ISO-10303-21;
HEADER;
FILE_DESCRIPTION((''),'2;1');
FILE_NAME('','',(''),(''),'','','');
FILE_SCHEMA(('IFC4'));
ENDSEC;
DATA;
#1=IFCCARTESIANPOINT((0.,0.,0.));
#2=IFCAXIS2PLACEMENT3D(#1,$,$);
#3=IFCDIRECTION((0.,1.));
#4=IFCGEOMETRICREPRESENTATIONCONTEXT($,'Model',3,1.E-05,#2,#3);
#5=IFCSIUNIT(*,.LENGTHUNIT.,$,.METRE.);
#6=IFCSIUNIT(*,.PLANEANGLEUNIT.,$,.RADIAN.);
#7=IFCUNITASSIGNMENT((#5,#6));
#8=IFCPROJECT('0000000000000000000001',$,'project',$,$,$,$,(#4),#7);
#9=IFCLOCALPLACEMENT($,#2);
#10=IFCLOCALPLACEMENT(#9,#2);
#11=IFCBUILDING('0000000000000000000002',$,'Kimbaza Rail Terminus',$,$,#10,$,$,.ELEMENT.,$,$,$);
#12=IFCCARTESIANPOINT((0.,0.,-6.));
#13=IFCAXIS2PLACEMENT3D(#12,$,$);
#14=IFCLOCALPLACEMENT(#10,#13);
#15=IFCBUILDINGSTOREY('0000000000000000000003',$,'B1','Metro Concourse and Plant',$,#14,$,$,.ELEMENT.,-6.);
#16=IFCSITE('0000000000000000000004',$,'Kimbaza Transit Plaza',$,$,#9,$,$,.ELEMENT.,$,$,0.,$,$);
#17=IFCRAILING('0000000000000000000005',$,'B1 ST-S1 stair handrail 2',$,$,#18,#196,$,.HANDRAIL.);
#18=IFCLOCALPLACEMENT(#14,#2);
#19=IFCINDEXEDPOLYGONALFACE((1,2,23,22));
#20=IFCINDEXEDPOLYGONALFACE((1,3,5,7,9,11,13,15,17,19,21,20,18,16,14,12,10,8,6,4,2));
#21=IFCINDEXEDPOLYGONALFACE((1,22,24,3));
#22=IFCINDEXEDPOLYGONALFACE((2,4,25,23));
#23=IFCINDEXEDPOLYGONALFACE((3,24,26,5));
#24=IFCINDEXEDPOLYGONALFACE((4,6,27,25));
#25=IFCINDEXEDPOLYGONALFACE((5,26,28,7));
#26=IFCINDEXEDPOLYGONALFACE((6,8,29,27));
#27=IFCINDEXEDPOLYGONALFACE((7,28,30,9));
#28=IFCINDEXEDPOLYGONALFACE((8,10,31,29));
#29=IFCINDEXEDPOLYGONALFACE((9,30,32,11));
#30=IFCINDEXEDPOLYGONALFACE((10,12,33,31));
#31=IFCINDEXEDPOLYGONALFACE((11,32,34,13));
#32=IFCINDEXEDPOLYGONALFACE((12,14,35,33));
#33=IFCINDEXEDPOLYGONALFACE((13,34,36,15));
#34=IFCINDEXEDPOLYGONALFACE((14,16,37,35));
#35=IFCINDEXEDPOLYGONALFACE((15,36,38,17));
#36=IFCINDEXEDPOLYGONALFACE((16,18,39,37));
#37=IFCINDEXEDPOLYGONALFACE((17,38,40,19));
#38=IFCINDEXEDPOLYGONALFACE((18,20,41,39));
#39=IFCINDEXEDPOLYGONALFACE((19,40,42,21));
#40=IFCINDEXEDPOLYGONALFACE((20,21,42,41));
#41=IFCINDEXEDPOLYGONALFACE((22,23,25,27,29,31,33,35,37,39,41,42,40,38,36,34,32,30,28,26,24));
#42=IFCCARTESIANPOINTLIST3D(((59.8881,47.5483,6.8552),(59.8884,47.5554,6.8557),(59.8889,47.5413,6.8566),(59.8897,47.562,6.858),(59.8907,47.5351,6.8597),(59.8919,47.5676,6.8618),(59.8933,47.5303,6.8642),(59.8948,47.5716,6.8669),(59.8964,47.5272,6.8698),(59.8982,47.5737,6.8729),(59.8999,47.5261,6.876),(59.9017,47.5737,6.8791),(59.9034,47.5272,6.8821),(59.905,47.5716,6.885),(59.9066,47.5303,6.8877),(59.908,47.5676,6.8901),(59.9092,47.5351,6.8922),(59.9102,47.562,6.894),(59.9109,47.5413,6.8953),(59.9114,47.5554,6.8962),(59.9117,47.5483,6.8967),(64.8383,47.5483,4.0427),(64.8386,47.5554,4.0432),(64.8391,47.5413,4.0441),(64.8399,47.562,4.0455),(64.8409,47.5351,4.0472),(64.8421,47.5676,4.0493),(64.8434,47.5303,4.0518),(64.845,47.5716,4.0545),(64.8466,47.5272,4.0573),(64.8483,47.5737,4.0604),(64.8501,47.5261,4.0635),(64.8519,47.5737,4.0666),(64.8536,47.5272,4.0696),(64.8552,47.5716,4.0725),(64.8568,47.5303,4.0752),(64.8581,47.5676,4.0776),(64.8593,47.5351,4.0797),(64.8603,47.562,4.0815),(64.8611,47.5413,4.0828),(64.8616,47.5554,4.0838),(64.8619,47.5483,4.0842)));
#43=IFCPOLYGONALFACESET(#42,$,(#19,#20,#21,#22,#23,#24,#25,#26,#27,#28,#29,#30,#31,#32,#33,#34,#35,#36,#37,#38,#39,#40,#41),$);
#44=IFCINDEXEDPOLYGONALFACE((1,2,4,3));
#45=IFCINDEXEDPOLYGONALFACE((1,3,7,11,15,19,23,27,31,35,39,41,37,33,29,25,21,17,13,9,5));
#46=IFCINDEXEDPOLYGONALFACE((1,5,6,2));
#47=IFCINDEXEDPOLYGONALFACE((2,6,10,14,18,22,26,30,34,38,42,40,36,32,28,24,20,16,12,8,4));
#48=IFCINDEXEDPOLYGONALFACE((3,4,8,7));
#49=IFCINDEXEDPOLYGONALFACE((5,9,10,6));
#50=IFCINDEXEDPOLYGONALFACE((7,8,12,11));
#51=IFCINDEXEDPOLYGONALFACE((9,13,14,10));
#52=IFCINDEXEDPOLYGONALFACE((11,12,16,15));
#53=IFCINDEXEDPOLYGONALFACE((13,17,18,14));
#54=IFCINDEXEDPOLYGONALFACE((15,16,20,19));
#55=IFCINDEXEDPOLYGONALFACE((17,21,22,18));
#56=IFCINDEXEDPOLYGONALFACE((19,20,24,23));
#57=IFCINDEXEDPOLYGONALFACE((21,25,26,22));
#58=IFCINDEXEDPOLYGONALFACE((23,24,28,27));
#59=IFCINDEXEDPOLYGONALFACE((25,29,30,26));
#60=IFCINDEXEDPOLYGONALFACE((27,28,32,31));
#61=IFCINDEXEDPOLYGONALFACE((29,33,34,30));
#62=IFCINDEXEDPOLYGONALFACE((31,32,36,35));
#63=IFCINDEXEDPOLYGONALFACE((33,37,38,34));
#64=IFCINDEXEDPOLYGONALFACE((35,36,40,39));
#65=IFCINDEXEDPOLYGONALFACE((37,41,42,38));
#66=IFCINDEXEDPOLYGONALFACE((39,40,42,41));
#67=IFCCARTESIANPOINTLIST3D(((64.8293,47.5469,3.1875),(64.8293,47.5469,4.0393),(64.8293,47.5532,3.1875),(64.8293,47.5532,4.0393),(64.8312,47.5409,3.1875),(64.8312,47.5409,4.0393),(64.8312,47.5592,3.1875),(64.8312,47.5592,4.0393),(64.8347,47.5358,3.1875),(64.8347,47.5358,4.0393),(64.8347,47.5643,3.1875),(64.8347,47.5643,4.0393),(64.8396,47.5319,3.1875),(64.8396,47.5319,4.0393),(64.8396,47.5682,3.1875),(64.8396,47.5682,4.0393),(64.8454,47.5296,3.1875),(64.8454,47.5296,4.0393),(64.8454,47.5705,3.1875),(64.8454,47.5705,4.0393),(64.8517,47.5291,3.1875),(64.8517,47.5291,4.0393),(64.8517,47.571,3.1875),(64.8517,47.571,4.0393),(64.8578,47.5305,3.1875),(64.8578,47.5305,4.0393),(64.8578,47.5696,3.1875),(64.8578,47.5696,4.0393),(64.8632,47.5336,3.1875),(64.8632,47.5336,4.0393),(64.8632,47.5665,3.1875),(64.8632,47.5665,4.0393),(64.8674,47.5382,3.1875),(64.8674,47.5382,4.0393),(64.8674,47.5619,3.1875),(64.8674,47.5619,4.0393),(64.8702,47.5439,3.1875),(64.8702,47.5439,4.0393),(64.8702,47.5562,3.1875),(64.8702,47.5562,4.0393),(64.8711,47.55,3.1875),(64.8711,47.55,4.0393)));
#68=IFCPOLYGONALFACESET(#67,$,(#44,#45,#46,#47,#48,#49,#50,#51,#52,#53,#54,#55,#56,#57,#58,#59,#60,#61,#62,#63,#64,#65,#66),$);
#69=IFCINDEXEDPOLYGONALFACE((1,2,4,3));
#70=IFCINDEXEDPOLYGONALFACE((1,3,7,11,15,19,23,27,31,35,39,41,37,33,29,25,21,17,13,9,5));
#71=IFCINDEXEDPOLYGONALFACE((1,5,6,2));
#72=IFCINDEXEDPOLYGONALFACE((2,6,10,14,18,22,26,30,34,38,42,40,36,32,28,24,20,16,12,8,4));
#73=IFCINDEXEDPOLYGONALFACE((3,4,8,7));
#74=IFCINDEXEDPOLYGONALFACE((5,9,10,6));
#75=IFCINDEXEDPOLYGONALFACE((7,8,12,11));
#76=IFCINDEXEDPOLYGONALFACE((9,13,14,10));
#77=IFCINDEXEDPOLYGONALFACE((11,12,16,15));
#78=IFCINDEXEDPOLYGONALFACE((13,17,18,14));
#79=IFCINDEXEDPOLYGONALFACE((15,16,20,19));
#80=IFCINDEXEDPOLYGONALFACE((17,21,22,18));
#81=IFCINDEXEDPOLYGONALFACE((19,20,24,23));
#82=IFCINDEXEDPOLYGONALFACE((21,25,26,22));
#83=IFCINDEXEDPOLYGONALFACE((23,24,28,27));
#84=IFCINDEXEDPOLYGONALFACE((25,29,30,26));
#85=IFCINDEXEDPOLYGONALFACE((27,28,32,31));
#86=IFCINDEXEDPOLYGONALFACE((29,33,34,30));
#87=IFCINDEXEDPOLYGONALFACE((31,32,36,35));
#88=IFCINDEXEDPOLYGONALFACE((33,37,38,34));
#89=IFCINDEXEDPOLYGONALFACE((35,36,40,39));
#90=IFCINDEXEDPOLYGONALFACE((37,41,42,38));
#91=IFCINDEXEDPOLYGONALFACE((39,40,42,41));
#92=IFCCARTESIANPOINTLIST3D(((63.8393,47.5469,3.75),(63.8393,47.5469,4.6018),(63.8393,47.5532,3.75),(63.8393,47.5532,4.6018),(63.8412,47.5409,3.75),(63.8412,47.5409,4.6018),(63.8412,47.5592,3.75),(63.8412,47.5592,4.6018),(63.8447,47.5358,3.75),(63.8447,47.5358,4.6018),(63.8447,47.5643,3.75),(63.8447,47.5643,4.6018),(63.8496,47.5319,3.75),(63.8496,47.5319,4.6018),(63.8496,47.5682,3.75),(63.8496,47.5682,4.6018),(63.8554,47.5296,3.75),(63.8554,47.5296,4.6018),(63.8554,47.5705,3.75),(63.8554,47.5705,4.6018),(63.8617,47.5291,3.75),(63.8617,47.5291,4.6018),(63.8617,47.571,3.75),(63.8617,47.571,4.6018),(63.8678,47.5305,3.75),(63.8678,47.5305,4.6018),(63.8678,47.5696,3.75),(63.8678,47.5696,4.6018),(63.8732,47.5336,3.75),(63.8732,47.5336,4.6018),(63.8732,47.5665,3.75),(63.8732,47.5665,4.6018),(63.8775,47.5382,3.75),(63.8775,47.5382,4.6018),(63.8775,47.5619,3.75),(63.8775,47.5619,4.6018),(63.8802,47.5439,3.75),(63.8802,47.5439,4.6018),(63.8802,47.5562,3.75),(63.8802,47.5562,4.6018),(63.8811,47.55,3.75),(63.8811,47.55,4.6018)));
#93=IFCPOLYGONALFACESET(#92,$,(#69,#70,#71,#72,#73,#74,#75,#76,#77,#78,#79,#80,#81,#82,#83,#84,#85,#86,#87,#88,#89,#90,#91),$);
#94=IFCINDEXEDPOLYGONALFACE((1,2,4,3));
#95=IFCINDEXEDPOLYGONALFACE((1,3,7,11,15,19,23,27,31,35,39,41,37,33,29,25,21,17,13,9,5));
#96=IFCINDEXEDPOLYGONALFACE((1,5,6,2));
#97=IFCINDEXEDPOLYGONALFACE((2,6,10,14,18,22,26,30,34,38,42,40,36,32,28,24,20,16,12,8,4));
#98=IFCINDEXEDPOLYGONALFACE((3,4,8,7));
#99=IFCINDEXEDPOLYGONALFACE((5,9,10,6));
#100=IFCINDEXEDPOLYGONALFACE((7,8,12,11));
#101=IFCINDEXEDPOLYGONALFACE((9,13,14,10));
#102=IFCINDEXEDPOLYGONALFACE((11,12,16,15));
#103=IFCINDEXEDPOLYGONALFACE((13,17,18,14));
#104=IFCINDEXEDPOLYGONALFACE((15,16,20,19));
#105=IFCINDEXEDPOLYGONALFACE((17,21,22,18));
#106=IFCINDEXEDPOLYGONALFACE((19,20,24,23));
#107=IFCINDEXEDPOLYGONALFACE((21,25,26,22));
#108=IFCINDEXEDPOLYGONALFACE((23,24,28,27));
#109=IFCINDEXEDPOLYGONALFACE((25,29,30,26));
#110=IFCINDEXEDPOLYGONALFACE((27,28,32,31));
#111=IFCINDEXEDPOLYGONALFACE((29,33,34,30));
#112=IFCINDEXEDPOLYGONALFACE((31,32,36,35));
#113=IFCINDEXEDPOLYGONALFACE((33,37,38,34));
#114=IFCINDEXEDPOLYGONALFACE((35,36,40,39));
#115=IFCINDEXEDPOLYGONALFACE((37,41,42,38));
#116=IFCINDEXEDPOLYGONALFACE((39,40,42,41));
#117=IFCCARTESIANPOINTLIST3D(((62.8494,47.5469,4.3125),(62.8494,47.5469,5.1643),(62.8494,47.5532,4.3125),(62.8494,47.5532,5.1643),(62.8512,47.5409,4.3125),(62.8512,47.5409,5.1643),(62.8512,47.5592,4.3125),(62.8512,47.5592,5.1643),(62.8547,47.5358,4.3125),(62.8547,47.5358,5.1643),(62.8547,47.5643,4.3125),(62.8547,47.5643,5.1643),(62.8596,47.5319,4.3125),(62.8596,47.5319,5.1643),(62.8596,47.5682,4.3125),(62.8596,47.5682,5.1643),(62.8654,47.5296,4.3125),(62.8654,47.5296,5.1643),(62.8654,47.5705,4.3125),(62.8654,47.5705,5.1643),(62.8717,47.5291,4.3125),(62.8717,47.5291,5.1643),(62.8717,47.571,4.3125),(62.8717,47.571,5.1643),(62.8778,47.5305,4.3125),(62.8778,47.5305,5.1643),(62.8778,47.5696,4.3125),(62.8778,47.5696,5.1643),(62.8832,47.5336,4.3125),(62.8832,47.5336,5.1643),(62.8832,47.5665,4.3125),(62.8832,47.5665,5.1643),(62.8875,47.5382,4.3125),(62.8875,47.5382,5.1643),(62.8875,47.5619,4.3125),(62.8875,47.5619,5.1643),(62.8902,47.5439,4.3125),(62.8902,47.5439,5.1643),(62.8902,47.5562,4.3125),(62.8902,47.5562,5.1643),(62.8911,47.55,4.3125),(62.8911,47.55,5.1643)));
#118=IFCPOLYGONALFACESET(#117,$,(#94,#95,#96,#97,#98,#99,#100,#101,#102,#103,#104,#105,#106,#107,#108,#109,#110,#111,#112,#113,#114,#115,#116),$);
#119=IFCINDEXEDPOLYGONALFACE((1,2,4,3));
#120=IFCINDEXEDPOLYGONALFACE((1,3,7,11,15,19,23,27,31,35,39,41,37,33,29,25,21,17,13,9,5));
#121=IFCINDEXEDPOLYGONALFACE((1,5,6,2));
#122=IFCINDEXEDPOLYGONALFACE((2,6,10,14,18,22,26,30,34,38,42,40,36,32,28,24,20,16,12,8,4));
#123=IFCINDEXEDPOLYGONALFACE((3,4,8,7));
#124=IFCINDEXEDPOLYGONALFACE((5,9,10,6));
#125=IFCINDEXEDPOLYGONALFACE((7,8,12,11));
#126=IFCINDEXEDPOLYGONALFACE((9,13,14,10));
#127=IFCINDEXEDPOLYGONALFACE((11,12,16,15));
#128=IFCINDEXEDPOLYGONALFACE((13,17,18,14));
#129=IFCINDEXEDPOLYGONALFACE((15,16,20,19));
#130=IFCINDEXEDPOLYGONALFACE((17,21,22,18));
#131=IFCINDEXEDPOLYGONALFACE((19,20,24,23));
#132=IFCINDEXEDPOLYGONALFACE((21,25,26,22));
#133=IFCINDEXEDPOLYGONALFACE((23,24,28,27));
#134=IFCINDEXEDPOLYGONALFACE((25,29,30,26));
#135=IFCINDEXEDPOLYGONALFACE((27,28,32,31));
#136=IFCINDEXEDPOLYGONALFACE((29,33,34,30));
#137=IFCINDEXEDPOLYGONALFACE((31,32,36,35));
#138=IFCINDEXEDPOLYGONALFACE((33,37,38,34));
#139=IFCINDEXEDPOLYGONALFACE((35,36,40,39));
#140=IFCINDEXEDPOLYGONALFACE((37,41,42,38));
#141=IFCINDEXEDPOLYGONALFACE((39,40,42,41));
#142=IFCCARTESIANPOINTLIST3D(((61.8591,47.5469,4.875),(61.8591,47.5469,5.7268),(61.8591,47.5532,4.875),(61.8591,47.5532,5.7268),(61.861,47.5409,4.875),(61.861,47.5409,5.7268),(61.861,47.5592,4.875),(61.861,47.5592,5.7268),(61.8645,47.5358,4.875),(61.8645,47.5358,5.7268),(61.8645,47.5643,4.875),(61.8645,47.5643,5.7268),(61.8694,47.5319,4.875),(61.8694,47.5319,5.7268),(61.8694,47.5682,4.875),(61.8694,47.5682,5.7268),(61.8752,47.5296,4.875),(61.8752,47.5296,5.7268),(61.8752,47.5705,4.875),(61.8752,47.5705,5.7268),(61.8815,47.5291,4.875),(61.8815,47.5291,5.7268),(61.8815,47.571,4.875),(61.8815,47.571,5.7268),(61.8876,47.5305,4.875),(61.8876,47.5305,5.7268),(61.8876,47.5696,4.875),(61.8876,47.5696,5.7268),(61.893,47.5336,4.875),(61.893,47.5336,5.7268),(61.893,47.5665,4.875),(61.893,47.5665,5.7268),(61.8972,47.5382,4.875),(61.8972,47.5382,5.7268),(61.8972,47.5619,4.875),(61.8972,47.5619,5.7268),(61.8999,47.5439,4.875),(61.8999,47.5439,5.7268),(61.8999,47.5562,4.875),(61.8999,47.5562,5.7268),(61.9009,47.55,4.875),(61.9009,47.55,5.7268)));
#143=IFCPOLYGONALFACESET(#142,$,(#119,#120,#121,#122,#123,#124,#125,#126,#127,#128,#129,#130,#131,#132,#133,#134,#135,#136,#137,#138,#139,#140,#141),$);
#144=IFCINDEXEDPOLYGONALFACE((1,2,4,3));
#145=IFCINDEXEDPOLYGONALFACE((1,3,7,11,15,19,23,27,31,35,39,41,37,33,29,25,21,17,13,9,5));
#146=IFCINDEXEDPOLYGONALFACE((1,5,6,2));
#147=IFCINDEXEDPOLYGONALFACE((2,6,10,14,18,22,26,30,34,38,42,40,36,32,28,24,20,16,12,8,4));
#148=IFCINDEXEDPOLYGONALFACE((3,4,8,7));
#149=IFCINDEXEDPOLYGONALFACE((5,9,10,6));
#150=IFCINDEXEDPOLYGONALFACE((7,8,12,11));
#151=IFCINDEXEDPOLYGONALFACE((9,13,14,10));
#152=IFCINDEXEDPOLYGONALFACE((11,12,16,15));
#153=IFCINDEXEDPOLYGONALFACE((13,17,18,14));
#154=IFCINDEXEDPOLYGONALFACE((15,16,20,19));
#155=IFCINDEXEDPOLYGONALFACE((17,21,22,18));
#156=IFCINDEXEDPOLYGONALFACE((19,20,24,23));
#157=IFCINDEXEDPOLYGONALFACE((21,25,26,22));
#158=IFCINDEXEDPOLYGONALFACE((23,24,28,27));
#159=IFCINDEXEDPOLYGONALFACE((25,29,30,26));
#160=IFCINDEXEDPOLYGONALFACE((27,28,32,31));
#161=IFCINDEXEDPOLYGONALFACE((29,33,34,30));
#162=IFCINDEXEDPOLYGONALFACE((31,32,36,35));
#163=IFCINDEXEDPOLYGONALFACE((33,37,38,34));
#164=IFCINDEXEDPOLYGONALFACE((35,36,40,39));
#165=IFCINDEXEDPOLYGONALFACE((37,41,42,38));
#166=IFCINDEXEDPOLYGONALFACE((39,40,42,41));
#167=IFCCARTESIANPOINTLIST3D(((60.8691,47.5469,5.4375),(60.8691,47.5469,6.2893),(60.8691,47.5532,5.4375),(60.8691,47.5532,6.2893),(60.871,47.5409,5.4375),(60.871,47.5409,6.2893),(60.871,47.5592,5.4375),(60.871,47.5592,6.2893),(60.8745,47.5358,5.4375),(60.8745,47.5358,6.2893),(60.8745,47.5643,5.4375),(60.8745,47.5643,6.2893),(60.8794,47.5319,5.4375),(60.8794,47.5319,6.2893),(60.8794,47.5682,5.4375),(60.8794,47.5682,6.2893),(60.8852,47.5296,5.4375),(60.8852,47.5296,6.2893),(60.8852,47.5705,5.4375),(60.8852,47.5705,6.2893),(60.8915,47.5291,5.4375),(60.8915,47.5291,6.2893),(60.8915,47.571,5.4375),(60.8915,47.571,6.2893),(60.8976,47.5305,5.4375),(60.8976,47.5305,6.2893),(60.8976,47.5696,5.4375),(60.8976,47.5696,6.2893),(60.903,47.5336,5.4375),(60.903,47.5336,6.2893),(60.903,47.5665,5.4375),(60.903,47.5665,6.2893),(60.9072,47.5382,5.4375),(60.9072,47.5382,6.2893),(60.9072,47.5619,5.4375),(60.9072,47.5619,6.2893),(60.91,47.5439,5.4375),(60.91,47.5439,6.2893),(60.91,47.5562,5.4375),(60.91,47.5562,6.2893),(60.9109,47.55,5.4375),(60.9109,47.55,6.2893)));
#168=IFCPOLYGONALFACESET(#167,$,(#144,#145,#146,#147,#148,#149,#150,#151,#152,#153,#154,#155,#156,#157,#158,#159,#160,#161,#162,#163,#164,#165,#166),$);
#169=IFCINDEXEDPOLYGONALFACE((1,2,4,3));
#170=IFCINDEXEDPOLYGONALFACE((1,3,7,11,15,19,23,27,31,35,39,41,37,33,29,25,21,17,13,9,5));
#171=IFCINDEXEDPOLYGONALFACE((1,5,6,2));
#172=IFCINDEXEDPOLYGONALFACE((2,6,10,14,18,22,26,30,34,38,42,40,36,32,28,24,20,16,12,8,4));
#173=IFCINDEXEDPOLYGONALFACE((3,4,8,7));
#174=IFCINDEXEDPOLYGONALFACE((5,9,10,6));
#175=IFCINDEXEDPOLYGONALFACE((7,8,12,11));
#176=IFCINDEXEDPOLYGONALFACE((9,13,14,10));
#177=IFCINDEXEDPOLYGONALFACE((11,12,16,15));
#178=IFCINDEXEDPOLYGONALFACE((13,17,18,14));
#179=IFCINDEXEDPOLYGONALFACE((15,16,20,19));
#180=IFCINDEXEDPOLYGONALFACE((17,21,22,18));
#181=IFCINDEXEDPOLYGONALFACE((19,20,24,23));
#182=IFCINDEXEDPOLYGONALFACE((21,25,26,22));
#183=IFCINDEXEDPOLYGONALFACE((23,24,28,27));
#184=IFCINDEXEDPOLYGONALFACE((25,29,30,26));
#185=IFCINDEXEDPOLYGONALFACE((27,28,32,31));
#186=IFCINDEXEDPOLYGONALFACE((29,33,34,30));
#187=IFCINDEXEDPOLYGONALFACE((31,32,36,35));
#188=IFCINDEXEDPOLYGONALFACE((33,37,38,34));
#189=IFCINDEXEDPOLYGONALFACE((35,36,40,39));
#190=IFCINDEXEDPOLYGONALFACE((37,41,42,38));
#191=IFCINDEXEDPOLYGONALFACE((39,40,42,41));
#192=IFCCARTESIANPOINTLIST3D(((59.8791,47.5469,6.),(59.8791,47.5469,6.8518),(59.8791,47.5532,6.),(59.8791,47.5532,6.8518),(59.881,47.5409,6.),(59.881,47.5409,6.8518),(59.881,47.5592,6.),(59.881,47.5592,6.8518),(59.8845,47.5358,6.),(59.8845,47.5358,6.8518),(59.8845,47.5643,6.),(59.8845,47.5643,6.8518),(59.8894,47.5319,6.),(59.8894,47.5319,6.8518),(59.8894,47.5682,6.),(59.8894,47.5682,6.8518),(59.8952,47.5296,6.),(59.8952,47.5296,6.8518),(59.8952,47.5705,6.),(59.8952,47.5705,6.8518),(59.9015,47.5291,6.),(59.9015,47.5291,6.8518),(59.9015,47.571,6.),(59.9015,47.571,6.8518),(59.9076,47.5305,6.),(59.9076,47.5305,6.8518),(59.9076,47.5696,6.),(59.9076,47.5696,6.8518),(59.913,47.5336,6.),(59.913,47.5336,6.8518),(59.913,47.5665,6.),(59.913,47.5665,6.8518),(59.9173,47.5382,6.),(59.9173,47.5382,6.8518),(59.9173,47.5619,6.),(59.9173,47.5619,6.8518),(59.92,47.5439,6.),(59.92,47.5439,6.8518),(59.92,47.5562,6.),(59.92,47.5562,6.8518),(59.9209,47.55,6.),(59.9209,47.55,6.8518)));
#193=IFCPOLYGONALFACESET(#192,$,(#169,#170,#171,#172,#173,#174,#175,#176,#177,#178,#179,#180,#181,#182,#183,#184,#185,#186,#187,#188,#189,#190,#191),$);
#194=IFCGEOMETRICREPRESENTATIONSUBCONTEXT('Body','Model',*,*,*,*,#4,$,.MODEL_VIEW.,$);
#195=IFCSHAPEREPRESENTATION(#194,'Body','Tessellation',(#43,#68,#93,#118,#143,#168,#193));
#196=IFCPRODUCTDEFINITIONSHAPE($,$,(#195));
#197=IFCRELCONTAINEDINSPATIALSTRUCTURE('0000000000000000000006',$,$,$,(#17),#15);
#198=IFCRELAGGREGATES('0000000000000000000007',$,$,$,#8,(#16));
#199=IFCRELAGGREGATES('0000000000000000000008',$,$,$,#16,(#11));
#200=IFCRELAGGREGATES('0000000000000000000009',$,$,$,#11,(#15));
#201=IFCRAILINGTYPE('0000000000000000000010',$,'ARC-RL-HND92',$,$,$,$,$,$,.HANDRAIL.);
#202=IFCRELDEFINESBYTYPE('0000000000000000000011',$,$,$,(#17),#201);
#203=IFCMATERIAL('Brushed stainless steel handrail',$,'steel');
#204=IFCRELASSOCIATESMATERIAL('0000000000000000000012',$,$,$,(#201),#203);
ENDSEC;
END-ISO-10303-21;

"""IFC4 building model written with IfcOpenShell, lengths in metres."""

from ifc_helpers import new_model, si_unit, direction, frame, origin, origin_2d, place, context, subcontext, project, spatial, circle, extrude, material, type_object, element, save


model = new_model("IFC4")

# Units and contexts
model_context = context("Model", 3, precision=1e-05, world=origin(), true_north=direction((0.0, 1.0)))
body_context = subcontext(model_context, "Body", "Model", "MODEL_VIEW")
ifc_project = project(units=[si_unit("LENGTHUNIT", "METRE"), si_unit("PLANEANGLEUNIT", "RADIAN")], contexts=[model_context])

# Site, building, storey
site_placement = place(None, origin())
site = spatial("IfcSite", under=ifc_project, at=site_placement, Name="Kimbaza Transit Plaza", CompositionType="ELEMENT", RefElevation=0.0)
building_placement = place(site_placement, origin())
building = spatial("IfcBuilding", under=site, at=building_placement, Name="Kimbaza Rail Terminus", CompositionType="ELEMENT")
storey_placement = place(building_placement, frame((0.0, 0.0, -6.0)))
storey = spatial("IfcBuildingStorey", under=building, at=storey_placement, Name="B1", Description="Metro Concourse and Plant", CompositionType="ELEMENT", Elevation=-6.0)

# Railing
ifc_material_1 = material(Name="Brushed stainless steel handrail", Category="steel")
railing_type_1 = type_object("IfcRailingType", Name="ARC-RL-HND92", PredefinedType="HANDRAIL", material=ifc_material_1)
railing_1_placement = place(storey_placement, frame((64.8501, 47.55, 3.1875)))
element("IfcRailing", 1, at=railing_1_placement, inside=storey, type_object=railing_type_1, Name="B1 ST-S1 stair handrail 2", PredefinedType="HANDRAIL", context=body_context, shape_type="SweptSolid", body=[
    extrude(circle(Radius=0.0239, at=origin_2d()), frame((0.0, 0.0, 0.876), z_axis=(-0.869465, 0.0, 0.493995), x_axis=(0.0, -1.0, 0.0)), (0.0, 0.0, 1.0), 5.6934),
    extrude(circle(Radius=0.021, at=origin_2d()), origin(), (0.0, 0.0, 1.0), 0.8518),
    extrude(circle(Radius=0.021, at=origin_2d()), frame((-0.99, 0.0, 0.5625)), (0.0, 0.0, 1.0), 0.8518),
    extrude(circle(Radius=0.021, at=origin_2d()), frame((-1.98, 0.0, 1.125)), (0.0, 0.0, 1.0), 0.8518),
    extrude(circle(Radius=0.021, at=origin_2d()), frame((-2.9702, 0.0, 1.6875)), (0.0, 0.0, 1.0), 0.8518),
    extrude(circle(Radius=0.021, at=origin_2d()), frame((-3.9602, 0.0, 2.25)), (0.0, 0.0, 1.0), 0.8518),
    extrude(circle(Radius=0.021, at=origin_2d()), frame((-4.9502, 0.0, 2.8125)), (0.0, 0.0, 1.0), 0.8518),
])

save(model, "model.ifc")
